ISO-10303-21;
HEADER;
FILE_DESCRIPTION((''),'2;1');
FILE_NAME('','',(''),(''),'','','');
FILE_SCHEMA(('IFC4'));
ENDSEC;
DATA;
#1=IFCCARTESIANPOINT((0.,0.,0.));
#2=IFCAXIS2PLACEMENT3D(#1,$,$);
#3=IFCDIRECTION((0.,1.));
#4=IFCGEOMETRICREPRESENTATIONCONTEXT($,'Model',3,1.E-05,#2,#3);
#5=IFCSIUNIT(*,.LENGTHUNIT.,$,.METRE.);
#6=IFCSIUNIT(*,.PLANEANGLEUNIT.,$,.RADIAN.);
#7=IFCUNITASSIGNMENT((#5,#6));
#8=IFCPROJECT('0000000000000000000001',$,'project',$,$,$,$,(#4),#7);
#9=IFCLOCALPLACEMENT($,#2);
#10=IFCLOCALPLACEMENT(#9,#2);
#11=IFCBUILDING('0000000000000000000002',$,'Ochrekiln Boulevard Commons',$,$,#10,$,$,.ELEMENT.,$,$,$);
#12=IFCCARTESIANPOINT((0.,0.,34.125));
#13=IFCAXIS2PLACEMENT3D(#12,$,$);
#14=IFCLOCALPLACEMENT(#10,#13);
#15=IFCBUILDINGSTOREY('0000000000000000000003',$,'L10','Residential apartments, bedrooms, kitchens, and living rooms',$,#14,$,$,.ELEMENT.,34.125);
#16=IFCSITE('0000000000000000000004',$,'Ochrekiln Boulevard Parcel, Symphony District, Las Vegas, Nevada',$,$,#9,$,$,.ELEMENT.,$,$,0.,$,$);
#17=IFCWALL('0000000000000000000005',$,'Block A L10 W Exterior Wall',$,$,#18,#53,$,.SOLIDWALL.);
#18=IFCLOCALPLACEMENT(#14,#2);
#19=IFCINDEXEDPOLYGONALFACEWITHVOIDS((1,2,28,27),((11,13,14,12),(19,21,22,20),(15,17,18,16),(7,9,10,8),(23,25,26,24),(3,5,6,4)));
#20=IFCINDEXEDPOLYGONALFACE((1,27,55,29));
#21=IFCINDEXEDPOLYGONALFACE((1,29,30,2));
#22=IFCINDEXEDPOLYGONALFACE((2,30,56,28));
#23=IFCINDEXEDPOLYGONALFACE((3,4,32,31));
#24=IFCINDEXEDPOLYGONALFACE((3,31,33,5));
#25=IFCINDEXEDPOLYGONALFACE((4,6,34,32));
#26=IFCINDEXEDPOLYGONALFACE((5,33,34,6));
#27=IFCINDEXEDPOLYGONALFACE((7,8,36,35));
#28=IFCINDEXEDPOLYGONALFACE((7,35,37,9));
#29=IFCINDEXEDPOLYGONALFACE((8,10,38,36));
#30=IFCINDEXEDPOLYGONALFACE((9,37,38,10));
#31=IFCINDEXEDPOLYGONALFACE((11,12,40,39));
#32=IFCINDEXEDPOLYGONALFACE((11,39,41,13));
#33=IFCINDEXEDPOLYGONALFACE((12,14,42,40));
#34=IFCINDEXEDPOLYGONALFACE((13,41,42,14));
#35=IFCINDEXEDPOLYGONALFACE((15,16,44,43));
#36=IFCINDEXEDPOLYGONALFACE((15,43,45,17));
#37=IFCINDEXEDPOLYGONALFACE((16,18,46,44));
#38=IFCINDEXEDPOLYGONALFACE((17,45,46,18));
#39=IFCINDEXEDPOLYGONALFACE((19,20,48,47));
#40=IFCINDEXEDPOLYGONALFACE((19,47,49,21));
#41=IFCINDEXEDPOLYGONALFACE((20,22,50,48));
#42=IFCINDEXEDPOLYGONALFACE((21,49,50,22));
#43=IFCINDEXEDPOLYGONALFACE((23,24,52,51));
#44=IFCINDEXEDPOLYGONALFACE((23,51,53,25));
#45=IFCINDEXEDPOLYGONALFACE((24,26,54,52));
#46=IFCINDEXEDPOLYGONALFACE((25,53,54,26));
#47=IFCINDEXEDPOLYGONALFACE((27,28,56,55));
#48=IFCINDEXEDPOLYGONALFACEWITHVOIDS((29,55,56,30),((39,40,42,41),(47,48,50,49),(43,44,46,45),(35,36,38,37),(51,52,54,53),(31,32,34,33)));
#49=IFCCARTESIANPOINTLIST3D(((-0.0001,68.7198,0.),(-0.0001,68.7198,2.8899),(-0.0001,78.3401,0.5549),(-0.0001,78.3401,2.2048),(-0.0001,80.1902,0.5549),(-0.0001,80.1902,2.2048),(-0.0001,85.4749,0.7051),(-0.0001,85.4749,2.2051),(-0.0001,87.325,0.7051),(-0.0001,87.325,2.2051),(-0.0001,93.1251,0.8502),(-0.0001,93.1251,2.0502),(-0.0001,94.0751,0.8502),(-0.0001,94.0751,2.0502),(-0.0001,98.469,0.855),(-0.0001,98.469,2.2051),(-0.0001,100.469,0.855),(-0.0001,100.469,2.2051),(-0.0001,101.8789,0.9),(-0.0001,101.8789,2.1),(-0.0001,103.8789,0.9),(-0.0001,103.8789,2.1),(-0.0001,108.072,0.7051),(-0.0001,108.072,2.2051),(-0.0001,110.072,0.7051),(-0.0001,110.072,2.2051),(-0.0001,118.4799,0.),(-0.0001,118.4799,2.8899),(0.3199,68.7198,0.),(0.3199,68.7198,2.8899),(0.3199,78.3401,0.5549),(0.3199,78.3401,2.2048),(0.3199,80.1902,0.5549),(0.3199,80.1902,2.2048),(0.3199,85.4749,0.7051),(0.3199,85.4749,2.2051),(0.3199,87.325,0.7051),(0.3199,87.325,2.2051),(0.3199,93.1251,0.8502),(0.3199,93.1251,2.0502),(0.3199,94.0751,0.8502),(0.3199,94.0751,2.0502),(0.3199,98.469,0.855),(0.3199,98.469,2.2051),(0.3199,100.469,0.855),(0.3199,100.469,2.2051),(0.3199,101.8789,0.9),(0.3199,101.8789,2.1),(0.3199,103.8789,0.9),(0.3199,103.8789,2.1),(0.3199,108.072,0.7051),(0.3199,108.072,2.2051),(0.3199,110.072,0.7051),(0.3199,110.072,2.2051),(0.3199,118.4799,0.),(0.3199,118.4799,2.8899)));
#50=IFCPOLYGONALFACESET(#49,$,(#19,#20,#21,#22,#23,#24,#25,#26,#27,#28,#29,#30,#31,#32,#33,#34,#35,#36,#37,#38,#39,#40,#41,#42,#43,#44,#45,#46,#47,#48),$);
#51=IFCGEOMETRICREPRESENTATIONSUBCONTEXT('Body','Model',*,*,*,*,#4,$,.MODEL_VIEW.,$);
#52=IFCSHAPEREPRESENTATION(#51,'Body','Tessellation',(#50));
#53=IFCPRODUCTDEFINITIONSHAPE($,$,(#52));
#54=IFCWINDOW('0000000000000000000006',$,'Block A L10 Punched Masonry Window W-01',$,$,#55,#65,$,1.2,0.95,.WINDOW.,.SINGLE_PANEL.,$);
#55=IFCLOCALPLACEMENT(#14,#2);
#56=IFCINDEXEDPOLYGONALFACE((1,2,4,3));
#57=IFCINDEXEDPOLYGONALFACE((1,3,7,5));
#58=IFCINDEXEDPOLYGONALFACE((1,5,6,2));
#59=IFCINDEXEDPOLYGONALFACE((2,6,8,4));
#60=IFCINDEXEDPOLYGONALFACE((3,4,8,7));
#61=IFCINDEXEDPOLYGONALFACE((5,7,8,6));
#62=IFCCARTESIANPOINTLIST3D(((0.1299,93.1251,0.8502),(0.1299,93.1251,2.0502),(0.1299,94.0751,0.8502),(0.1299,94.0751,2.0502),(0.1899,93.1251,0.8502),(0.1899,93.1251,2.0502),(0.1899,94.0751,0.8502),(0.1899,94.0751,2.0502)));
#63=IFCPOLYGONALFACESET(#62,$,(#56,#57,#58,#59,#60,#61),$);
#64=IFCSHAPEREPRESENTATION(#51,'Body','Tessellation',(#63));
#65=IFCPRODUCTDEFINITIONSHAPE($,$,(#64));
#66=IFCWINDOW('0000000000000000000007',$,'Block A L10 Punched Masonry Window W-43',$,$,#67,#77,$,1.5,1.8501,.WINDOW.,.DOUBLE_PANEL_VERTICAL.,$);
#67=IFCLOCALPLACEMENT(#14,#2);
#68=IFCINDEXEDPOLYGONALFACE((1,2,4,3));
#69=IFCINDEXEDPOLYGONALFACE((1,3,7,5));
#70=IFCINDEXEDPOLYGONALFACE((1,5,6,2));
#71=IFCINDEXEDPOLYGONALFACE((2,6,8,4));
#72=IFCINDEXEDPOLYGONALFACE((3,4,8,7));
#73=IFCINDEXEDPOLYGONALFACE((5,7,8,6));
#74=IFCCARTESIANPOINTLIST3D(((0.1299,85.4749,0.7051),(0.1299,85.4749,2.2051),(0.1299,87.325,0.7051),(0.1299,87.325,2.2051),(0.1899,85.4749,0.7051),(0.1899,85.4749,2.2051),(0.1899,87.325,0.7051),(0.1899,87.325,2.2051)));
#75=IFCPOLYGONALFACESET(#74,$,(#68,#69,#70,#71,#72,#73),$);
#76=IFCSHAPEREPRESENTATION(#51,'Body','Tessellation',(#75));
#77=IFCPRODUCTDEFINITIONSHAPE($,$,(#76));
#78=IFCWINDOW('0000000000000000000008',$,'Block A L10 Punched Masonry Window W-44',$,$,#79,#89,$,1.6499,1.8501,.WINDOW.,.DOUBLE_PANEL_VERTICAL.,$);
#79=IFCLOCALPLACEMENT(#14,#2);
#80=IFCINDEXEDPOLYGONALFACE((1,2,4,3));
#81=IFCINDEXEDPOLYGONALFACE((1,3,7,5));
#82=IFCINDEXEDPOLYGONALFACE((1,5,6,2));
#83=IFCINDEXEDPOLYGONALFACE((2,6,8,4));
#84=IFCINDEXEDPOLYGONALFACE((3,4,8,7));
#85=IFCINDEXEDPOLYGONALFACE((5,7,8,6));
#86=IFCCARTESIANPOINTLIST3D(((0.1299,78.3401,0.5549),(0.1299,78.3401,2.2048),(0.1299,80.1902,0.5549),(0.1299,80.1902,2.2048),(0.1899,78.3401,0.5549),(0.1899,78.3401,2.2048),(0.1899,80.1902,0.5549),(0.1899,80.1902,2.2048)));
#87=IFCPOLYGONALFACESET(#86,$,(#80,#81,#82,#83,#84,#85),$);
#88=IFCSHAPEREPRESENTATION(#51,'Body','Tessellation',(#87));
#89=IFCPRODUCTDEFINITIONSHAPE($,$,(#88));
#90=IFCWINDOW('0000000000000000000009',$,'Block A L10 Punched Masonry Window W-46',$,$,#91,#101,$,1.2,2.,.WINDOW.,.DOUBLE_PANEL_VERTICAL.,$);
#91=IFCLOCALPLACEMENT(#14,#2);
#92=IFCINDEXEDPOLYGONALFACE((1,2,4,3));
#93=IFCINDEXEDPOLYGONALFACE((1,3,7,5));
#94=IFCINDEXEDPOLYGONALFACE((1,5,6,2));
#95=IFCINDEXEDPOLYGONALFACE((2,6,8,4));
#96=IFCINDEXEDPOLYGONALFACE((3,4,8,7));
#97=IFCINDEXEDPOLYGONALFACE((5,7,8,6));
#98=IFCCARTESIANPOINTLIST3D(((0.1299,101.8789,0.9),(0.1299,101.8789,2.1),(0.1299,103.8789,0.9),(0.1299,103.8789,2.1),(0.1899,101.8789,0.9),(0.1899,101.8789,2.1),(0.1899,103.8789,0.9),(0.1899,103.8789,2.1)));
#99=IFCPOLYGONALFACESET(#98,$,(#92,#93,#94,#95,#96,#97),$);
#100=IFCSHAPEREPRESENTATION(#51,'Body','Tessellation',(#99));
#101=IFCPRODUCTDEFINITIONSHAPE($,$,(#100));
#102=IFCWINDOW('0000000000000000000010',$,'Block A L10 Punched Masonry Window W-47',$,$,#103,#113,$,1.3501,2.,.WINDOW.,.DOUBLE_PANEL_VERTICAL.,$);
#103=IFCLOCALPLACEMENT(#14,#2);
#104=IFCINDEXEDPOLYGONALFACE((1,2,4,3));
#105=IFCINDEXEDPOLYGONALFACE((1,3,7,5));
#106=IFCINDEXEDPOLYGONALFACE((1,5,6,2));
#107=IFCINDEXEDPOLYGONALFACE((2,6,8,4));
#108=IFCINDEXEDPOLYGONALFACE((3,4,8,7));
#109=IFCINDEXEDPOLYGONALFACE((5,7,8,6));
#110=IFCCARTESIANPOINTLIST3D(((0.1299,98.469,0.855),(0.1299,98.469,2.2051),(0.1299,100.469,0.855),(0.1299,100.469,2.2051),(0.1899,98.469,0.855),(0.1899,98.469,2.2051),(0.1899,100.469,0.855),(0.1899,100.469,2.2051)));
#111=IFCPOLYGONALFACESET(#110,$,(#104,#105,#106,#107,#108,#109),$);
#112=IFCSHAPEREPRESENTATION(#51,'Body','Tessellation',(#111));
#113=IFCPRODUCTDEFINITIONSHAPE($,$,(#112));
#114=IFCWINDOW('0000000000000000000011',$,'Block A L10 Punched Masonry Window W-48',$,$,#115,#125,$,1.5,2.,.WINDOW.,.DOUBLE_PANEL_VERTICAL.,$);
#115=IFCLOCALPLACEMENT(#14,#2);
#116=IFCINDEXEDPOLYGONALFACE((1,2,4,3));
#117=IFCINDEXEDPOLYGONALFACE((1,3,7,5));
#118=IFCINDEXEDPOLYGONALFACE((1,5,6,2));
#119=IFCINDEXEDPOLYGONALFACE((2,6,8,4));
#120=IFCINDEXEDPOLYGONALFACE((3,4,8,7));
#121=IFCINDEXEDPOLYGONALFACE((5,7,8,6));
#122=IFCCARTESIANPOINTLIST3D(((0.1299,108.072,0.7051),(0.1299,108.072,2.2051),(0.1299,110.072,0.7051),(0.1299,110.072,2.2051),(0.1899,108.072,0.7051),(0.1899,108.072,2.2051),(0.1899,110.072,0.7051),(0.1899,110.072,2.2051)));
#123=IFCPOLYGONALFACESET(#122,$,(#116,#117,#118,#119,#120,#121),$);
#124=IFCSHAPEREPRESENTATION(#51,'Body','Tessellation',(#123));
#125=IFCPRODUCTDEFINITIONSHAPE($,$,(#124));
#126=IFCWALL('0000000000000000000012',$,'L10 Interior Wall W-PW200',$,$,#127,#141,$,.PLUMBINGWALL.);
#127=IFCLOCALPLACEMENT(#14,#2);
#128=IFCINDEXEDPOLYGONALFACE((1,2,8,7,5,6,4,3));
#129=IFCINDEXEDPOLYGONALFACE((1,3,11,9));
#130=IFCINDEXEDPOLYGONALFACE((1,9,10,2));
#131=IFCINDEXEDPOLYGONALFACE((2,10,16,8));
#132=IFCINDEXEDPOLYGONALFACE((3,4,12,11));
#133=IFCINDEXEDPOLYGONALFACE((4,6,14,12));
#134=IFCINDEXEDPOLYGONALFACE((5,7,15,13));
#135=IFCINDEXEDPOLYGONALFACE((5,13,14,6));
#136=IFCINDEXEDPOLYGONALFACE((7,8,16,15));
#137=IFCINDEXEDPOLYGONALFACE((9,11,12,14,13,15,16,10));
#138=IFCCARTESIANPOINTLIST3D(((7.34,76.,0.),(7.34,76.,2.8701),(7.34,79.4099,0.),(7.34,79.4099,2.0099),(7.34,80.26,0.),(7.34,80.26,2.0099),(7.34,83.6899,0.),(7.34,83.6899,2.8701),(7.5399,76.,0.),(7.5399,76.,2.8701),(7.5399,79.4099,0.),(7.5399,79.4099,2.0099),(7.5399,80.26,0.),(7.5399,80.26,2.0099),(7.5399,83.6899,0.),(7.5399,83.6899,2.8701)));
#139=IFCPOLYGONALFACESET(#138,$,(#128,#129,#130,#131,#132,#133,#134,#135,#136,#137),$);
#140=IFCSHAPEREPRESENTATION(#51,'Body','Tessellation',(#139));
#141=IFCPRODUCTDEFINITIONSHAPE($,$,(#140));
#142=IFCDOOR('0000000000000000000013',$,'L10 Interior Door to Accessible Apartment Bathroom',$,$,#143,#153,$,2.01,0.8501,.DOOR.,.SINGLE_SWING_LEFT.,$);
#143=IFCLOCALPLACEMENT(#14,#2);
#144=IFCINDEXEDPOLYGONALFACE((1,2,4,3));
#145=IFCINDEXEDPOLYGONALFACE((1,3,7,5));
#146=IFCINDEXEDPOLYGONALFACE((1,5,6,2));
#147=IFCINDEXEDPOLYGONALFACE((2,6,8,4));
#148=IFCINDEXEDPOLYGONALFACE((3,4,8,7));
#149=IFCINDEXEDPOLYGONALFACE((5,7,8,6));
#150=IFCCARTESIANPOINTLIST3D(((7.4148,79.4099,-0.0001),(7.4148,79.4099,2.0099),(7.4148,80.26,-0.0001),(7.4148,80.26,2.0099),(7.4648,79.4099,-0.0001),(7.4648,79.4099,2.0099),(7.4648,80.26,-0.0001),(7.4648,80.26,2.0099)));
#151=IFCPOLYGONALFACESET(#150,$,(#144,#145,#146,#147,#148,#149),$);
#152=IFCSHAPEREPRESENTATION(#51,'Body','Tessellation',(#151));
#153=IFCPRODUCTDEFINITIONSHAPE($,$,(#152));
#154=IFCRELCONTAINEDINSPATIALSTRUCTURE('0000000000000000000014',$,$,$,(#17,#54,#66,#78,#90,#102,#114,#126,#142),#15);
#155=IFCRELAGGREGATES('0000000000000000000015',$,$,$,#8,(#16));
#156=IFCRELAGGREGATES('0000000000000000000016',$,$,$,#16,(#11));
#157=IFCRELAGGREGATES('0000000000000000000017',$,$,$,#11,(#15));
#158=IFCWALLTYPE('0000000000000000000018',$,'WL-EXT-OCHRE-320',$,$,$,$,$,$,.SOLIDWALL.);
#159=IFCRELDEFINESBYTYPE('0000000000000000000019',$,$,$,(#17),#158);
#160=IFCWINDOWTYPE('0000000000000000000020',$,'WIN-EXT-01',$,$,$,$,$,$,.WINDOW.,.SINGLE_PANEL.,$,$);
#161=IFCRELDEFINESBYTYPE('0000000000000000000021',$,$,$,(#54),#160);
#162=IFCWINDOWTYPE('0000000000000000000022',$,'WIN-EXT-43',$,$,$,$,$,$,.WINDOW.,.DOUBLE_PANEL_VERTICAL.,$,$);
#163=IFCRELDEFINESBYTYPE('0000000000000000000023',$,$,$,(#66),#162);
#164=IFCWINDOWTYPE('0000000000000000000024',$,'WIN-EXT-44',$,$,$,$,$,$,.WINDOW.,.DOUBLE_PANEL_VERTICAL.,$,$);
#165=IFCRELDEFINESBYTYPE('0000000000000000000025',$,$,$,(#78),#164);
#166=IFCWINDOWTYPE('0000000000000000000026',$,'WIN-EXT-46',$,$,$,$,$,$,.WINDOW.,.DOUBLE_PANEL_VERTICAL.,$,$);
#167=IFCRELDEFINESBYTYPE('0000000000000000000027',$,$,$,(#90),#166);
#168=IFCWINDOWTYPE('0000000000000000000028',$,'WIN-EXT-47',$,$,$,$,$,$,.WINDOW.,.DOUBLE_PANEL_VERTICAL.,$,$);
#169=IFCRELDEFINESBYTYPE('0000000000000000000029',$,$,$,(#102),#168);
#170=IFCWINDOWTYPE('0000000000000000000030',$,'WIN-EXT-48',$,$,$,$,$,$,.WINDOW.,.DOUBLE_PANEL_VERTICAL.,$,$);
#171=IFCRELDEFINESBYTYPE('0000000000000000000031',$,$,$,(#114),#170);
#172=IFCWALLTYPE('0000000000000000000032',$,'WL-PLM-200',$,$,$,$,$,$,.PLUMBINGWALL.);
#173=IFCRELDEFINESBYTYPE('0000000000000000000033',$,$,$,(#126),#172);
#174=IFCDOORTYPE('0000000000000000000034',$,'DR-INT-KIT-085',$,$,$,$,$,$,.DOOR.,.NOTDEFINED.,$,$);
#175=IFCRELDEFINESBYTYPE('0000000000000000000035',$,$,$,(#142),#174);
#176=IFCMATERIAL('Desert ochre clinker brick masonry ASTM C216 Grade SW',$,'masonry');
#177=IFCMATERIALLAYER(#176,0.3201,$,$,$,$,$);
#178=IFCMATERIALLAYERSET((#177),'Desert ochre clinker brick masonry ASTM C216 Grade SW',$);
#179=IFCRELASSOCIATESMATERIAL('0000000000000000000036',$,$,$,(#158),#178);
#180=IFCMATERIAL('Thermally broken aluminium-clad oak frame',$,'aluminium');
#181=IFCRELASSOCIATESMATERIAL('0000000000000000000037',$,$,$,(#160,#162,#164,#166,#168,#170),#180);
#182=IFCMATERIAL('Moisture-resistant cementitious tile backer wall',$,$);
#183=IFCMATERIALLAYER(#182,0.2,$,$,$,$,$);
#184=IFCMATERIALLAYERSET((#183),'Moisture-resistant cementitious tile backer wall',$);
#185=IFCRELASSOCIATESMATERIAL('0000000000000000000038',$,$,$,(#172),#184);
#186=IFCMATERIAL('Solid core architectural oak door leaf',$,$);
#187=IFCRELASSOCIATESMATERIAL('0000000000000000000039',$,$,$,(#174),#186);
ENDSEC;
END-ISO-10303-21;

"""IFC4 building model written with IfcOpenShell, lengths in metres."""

from ifc_helpers import new_model, si_unit, direction, frame, frame_2d, origin, place, context, subcontext, project, spatial, rectangle, extrude, material, layer, layer_set, type_object, element, fill, save


model = new_model("IFC4")

# Units and contexts
model_context = context("Model", 3, precision=1e-05, world=origin(), true_north=direction((0.0, 1.0)))
body_context = subcontext(model_context, "Body", "Model", "MODEL_VIEW")
ifc_project = project(units=[si_unit("LENGTHUNIT", "METRE"), si_unit("PLANEANGLEUNIT", "RADIAN")], contexts=[model_context])

# Site, building, storey
site_placement = place(None, origin())
site = spatial("IfcSite", under=ifc_project, at=site_placement, Name="Ochrekiln Boulevard Parcel, Symphony District, Las Vegas, Nevada", CompositionType="ELEMENT", RefElevation=0.0)
building_placement = place(site_placement, origin())
building = spatial("IfcBuilding", under=site, at=building_placement, Name="Ochrekiln Boulevard Commons", CompositionType="ELEMENT")
storey_placement = place(building_placement, frame((0.0, 0.0, 34.125)))
storey = spatial("IfcBuildingStorey", under=building, at=storey_placement, Name="L10", Description="Residential apartments, bedrooms, kitchens, and living rooms", CompositionType="ELEMENT", Elevation=34.125)

# Wall, openings, windows
ifc_material_1 = material(Name="Desert ochre clinker brick masonry ASTM C216 Grade SW", Category="masonry")
ifc_layer_1 = layer(ifc_material_1, 0.3201)
ifc_layer_set_1 = layer_set([ifc_layer_1], Name="Desert ochre clinker brick masonry ASTM C216 Grade SW")
wall_type_1 = type_object("IfcWallType", Name="WL-EXT-OCHRE-320", PredefinedType="SOLIDWALL", material=ifc_layer_set_1)
wall_1_placement = place(storey_placement, frame((0.1599, 68.72, 0.0), z_axis=(0.0, 0.0, 1.0), x_axis=(0.0, 1.0, 0.0)))
wall_1 = element("IfcWall", 1, at=wall_1_placement, inside=storey, type_object=wall_type_1, Name="Block A L10 W Exterior Wall", PredefinedType="SOLIDWALL", context=body_context, shape_type="SweptSolid", body=[
    extrude(rectangle(XDim=49.76, YDim=0.3201, at=frame_2d((24.8799, 0.0))), origin(), (0.0, 0.0, 1.0), 2.8899),
])
opening_1_placement = place(wall_1_placement, frame((16.7549, 0.0, 0.7051)))
opening_1 = element("IfcOpeningElement", 2, at=opening_1_placement, cuts=wall_1, PredefinedType="OPENING", context=body_context, shape_type="SweptSolid", body=[
    extrude(rectangle(XDim=1.8501, YDim=1.5, at=frame_2d((0.925, 0.75))), frame((0.0, 0.1699, 0.0), z_axis=(0.0, -1.0, 0.0), x_axis=(1.0, 0.0, 0.0)), (0.0, 0.0, 1.0), 0.3401),
])
opening_2_placement = place(wall_1_placement, frame((9.6201, 0.0, 0.5549)))
opening_2 = element("IfcOpeningElement", 3, at=opening_2_placement, cuts=wall_1, PredefinedType="OPENING", context=body_context, shape_type="SweptSolid", body=[
    extrude(rectangle(XDim=1.8501, YDim=1.6499, at=frame_2d((0.925, 0.825))), frame((0.0, 0.1699, 0.0), z_axis=(0.0, -1.0, 0.0), x_axis=(1.0, 0.0, 0.0)), (0.0, 0.0, 1.0), 0.3401),
])
opening_3_placement = place(wall_1_placement, frame((24.405, 0.0, 0.8501)))
opening_3 = element("IfcOpeningElement", 4, at=opening_3_placement, cuts=wall_1, PredefinedType="OPENING", context=body_context, shape_type="SweptSolid", body=[
    extrude(rectangle(XDim=0.95, YDim=1.2, at=frame_2d((0.4751, 0.6001))), frame((0.0, 0.1699, 0.0), z_axis=(0.0, -1.0, 0.0), x_axis=(1.0, 0.0, 0.0)), (0.0, 0.0, 1.0), 0.3401),
])
opening_4_placement = place(wall_1_placement, frame((33.1589, 0.0, 0.8999)))
opening_4 = element("IfcOpeningElement", 5, at=opening_4_placement, cuts=wall_1, PredefinedType="OPENING", context=body_context, shape_type="SweptSolid", body=[
    extrude(rectangle(XDim=2.0, YDim=1.2, at=frame_2d((1.0, 0.6001))), frame((0.0, 0.1699, 0.0), z_axis=(0.0, -1.0, 0.0), x_axis=(1.0, 0.0, 0.0)), (0.0, 0.0, 1.0), 0.3401),
])
opening_5_placement = place(wall_1_placement, frame((29.749, 0.0, 0.855)))
opening_5 = element("IfcOpeningElement", 6, at=opening_5_placement, cuts=wall_1, PredefinedType="OPENING", context=body_context, shape_type="SweptSolid", body=[
    extrude(rectangle(XDim=2.0, YDim=1.3501, at=frame_2d((1.0, 0.675))), frame((0.0, 0.1699, 0.0), z_axis=(0.0, -1.0, 0.0), x_axis=(1.0, 0.0, 0.0)), (0.0, 0.0, 1.0), 0.3401),
])
opening_6_placement = place(wall_1_placement, frame((39.3521, 0.0, 0.7051)))
opening_6 = element("IfcOpeningElement", 7, at=opening_6_placement, cuts=wall_1, PredefinedType="OPENING", context=body_context, shape_type="SweptSolid", body=[
    extrude(rectangle(XDim=2.0, YDim=1.5, at=frame_2d((1.0, 0.75))), frame((0.0, 0.1699, 0.0), z_axis=(0.0, -1.0, 0.0), x_axis=(1.0, 0.0, 0.0)), (0.0, 0.0, 1.0), 0.3401),
])
ifc_material_2 = material(Name="Thermally broken aluminium-clad oak frame", Category="aluminium")
window_type_1 = type_object("IfcWindowType", Name="WIN-EXT-01", PartitioningType="SINGLE_PANEL", PredefinedType="WINDOW", material=ifc_material_2)
window_1_placement = place(opening_3_placement, origin())
window_1 = element("IfcWindow", 8, at=window_1_placement, inside=storey, type_object=window_type_1, Name="Block A L10 Punched Masonry Window W-01", OverallHeight=1.2, OverallWidth=0.95, PartitioningType="SINGLE_PANEL", PredefinedType="WINDOW", context=body_context, shape_type="SweptSolid", body=[
    extrude(rectangle(XDim=0.95, YDim=1.2, at=frame_2d((0.4751, 0.6001))), frame((0.0, 0.03, 0.0), z_axis=(0.0, -1.0, 0.0), x_axis=(1.0, 0.0, 0.0)), (0.0, 0.0, 1.0), 0.0601),
])
fill(opening_3, window_1)
window_type_2 = type_object("IfcWindowType", Name="WIN-EXT-43", PartitioningType="DOUBLE_PANEL_VERTICAL", PredefinedType="WINDOW", material=ifc_material_2)
window_2_placement = place(opening_1_placement, origin())
window_2 = element("IfcWindow", 9, at=window_2_placement, inside=storey, type_object=window_type_2, Name="Block A L10 Punched Masonry Window W-43", OverallHeight=1.5, OverallWidth=1.8501, PartitioningType="DOUBLE_PANEL_VERTICAL", PredefinedType="WINDOW", context=body_context, shape_type="SweptSolid", body=[
    extrude(rectangle(XDim=1.8501, YDim=1.5, at=frame_2d((0.925, 0.75))), frame((0.0, 0.03, 0.0), z_axis=(0.0, -1.0, 0.0), x_axis=(1.0, 0.0, 0.0)), (0.0, 0.0, 1.0), 0.0601),
])
fill(opening_1, window_2)
window_type_3 = type_object("IfcWindowType", Name="WIN-EXT-44", PartitioningType="DOUBLE_PANEL_VERTICAL", PredefinedType="WINDOW", material=ifc_material_2)
window_3_placement = place(opening_2_placement, origin())
window_3 = element("IfcWindow", 10, at=window_3_placement, inside=storey, type_object=window_type_3, Name="Block A L10 Punched Masonry Window W-44", OverallHeight=1.6499, OverallWidth=1.8501, PartitioningType="DOUBLE_PANEL_VERTICAL", PredefinedType="WINDOW", context=body_context, shape_type="SweptSolid", body=[
    extrude(rectangle(XDim=1.8501, YDim=1.6499, at=frame_2d((0.925, 0.825))), frame((0.0, 0.03, 0.0), z_axis=(0.0, -1.0, 0.0), x_axis=(1.0, 0.0, 0.0)), (0.0, 0.0, 1.0), 0.0601),
])
fill(opening_2, window_3)
window_type_4 = type_object("IfcWindowType", Name="WIN-EXT-46", PartitioningType="DOUBLE_PANEL_VERTICAL", PredefinedType="WINDOW", material=ifc_material_2)
window_4_placement = place(opening_4_placement, origin())
window_4 = element("IfcWindow", 11, at=window_4_placement, inside=storey, type_object=window_type_4, Name="Block A L10 Punched Masonry Window W-46", OverallHeight=1.2, OverallWidth=2.0, PartitioningType="DOUBLE_PANEL_VERTICAL", PredefinedType="WINDOW", context=body_context, shape_type="SweptSolid", body=[
    extrude(rectangle(XDim=2.0, YDim=1.2, at=frame_2d((1.0, 0.6001))), frame((0.0, 0.03, 0.0), z_axis=(0.0, -1.0, 0.0), x_axis=(1.0, 0.0, 0.0)), (0.0, 0.0, 1.0), 0.0601),
])
fill(opening_4, window_4)
window_type_5 = type_object("IfcWindowType", Name="WIN-EXT-47", PartitioningType="DOUBLE_PANEL_VERTICAL", PredefinedType="WINDOW", material=ifc_material_2)
window_5_placement = place(opening_5_placement, origin())
window_5 = element("IfcWindow", 12, at=window_5_placement, inside=storey, type_object=window_type_5, Name="Block A L10 Punched Masonry Window W-47", OverallHeight=1.3501, OverallWidth=2.0, PartitioningType="DOUBLE_PANEL_VERTICAL", PredefinedType="WINDOW", context=body_context, shape_type="SweptSolid", body=[
    extrude(rectangle(XDim=2.0, YDim=1.3501, at=frame_2d((1.0, 0.675))), frame((0.0, 0.03, 0.0), z_axis=(0.0, -1.0, 0.0), x_axis=(1.0, 0.0, 0.0)), (0.0, 0.0, 1.0), 0.0601),
])
fill(opening_5, window_5)
window_type_6 = type_object("IfcWindowType", Name="WIN-EXT-48", PartitioningType="DOUBLE_PANEL_VERTICAL", PredefinedType="WINDOW", material=ifc_material_2)
window_6_placement = place(opening_6_placement, origin())
window_6 = element("IfcWindow", 13, at=window_6_placement, inside=storey, type_object=window_type_6, Name="Block A L10 Punched Masonry Window W-48", OverallHeight=1.5, OverallWidth=2.0, PartitioningType="DOUBLE_PANEL_VERTICAL", PredefinedType="WINDOW", context=body_context, shape_type="SweptSolid", body=[
    extrude(rectangle(XDim=2.0, YDim=1.5, at=frame_2d((1.0, 0.75))), frame((0.0, 0.03, 0.0), z_axis=(0.0, -1.0, 0.0), x_axis=(1.0, 0.0, 0.0)), (0.0, 0.0, 1.0), 0.0601),
])
fill(opening_6, window_6)

# Wall, opening, door
ifc_material_3 = material(Name="Moisture-resistant cementitious tile backer wall")
ifc_layer_2 = layer(ifc_material_3, 0.2)
ifc_layer_set_2 = layer_set([ifc_layer_2], Name="Moisture-resistant cementitious tile backer wall")
wall_type_2 = type_object("IfcWallType", Name="WL-PLM-200", PredefinedType="PLUMBINGWALL", material=ifc_layer_set_2)
wall_2_placement = place(storey_placement, frame((7.4399, 76.0, 0.0), z_axis=(0.0, 0.0, 1.0), x_axis=(0.0, 1.0, 0.0)))
wall_2 = element("IfcWall", 14, at=wall_2_placement, inside=storey, type_object=wall_type_2, Name="L10 Interior Wall W-PW200", PredefinedType="PLUMBINGWALL", context=body_context, shape_type="SweptSolid", body=[
    extrude(rectangle(XDim=7.6899, YDim=0.2, at=frame_2d((3.845, 0.0))), origin(), (0.0, 0.0, 1.0), 2.8701),
])
opening_7_placement = place(wall_2_placement, frame((3.4099, 0.0, 0.0)))
opening_7 = element("IfcOpeningElement", 15, at=opening_7_placement, cuts=wall_2, PredefinedType="OPENING", context=body_context, shape_type="SweptSolid", body=[
    extrude(rectangle(XDim=0.8501, YDim=2.01, at=frame_2d((0.425, 1.0049))), frame((0.0, 0.1099, 0.0), z_axis=(0.0, -1.0, 0.0), x_axis=(1.0, 0.0, 0.0)), (0.0, 0.0, 1.0), 0.22),
])
ifc_material_4 = material(Name="Solid core architectural oak door leaf")
door_type = type_object("IfcDoorType", Name="DR-INT-KIT-085", OperationType="NOTDEFINED", PredefinedType="DOOR", material=ifc_material_4)
door_placement = place(opening_7_placement, frame((0.8501, 0.0, 0.0), z_axis=(0.0, 0.0, 1.0), x_axis=(-1.0, 0.0, 0.0)))
door = element("IfcDoor", 16, at=door_placement, inside=storey, type_object=door_type, Name="L10 Interior Door to Accessible Apartment Bathroom", OperationType="SINGLE_SWING_LEFT", OverallHeight=2.01, OverallWidth=0.8501, PredefinedType="DOOR", context=body_context, shape_type="SweptSolid", body=[
    extrude(rectangle(XDim=0.8501, YDim=2.01, at=frame_2d((0.425, 1.0049))), frame((0.0, 0.0249, 0.0), z_axis=(0.0, -1.0, 0.0), x_axis=(1.0, 0.0, 0.0)), (0.0, 0.0, 1.0), 0.05),
])
fill(opening_7, door)

save(model, "model.ifc")
